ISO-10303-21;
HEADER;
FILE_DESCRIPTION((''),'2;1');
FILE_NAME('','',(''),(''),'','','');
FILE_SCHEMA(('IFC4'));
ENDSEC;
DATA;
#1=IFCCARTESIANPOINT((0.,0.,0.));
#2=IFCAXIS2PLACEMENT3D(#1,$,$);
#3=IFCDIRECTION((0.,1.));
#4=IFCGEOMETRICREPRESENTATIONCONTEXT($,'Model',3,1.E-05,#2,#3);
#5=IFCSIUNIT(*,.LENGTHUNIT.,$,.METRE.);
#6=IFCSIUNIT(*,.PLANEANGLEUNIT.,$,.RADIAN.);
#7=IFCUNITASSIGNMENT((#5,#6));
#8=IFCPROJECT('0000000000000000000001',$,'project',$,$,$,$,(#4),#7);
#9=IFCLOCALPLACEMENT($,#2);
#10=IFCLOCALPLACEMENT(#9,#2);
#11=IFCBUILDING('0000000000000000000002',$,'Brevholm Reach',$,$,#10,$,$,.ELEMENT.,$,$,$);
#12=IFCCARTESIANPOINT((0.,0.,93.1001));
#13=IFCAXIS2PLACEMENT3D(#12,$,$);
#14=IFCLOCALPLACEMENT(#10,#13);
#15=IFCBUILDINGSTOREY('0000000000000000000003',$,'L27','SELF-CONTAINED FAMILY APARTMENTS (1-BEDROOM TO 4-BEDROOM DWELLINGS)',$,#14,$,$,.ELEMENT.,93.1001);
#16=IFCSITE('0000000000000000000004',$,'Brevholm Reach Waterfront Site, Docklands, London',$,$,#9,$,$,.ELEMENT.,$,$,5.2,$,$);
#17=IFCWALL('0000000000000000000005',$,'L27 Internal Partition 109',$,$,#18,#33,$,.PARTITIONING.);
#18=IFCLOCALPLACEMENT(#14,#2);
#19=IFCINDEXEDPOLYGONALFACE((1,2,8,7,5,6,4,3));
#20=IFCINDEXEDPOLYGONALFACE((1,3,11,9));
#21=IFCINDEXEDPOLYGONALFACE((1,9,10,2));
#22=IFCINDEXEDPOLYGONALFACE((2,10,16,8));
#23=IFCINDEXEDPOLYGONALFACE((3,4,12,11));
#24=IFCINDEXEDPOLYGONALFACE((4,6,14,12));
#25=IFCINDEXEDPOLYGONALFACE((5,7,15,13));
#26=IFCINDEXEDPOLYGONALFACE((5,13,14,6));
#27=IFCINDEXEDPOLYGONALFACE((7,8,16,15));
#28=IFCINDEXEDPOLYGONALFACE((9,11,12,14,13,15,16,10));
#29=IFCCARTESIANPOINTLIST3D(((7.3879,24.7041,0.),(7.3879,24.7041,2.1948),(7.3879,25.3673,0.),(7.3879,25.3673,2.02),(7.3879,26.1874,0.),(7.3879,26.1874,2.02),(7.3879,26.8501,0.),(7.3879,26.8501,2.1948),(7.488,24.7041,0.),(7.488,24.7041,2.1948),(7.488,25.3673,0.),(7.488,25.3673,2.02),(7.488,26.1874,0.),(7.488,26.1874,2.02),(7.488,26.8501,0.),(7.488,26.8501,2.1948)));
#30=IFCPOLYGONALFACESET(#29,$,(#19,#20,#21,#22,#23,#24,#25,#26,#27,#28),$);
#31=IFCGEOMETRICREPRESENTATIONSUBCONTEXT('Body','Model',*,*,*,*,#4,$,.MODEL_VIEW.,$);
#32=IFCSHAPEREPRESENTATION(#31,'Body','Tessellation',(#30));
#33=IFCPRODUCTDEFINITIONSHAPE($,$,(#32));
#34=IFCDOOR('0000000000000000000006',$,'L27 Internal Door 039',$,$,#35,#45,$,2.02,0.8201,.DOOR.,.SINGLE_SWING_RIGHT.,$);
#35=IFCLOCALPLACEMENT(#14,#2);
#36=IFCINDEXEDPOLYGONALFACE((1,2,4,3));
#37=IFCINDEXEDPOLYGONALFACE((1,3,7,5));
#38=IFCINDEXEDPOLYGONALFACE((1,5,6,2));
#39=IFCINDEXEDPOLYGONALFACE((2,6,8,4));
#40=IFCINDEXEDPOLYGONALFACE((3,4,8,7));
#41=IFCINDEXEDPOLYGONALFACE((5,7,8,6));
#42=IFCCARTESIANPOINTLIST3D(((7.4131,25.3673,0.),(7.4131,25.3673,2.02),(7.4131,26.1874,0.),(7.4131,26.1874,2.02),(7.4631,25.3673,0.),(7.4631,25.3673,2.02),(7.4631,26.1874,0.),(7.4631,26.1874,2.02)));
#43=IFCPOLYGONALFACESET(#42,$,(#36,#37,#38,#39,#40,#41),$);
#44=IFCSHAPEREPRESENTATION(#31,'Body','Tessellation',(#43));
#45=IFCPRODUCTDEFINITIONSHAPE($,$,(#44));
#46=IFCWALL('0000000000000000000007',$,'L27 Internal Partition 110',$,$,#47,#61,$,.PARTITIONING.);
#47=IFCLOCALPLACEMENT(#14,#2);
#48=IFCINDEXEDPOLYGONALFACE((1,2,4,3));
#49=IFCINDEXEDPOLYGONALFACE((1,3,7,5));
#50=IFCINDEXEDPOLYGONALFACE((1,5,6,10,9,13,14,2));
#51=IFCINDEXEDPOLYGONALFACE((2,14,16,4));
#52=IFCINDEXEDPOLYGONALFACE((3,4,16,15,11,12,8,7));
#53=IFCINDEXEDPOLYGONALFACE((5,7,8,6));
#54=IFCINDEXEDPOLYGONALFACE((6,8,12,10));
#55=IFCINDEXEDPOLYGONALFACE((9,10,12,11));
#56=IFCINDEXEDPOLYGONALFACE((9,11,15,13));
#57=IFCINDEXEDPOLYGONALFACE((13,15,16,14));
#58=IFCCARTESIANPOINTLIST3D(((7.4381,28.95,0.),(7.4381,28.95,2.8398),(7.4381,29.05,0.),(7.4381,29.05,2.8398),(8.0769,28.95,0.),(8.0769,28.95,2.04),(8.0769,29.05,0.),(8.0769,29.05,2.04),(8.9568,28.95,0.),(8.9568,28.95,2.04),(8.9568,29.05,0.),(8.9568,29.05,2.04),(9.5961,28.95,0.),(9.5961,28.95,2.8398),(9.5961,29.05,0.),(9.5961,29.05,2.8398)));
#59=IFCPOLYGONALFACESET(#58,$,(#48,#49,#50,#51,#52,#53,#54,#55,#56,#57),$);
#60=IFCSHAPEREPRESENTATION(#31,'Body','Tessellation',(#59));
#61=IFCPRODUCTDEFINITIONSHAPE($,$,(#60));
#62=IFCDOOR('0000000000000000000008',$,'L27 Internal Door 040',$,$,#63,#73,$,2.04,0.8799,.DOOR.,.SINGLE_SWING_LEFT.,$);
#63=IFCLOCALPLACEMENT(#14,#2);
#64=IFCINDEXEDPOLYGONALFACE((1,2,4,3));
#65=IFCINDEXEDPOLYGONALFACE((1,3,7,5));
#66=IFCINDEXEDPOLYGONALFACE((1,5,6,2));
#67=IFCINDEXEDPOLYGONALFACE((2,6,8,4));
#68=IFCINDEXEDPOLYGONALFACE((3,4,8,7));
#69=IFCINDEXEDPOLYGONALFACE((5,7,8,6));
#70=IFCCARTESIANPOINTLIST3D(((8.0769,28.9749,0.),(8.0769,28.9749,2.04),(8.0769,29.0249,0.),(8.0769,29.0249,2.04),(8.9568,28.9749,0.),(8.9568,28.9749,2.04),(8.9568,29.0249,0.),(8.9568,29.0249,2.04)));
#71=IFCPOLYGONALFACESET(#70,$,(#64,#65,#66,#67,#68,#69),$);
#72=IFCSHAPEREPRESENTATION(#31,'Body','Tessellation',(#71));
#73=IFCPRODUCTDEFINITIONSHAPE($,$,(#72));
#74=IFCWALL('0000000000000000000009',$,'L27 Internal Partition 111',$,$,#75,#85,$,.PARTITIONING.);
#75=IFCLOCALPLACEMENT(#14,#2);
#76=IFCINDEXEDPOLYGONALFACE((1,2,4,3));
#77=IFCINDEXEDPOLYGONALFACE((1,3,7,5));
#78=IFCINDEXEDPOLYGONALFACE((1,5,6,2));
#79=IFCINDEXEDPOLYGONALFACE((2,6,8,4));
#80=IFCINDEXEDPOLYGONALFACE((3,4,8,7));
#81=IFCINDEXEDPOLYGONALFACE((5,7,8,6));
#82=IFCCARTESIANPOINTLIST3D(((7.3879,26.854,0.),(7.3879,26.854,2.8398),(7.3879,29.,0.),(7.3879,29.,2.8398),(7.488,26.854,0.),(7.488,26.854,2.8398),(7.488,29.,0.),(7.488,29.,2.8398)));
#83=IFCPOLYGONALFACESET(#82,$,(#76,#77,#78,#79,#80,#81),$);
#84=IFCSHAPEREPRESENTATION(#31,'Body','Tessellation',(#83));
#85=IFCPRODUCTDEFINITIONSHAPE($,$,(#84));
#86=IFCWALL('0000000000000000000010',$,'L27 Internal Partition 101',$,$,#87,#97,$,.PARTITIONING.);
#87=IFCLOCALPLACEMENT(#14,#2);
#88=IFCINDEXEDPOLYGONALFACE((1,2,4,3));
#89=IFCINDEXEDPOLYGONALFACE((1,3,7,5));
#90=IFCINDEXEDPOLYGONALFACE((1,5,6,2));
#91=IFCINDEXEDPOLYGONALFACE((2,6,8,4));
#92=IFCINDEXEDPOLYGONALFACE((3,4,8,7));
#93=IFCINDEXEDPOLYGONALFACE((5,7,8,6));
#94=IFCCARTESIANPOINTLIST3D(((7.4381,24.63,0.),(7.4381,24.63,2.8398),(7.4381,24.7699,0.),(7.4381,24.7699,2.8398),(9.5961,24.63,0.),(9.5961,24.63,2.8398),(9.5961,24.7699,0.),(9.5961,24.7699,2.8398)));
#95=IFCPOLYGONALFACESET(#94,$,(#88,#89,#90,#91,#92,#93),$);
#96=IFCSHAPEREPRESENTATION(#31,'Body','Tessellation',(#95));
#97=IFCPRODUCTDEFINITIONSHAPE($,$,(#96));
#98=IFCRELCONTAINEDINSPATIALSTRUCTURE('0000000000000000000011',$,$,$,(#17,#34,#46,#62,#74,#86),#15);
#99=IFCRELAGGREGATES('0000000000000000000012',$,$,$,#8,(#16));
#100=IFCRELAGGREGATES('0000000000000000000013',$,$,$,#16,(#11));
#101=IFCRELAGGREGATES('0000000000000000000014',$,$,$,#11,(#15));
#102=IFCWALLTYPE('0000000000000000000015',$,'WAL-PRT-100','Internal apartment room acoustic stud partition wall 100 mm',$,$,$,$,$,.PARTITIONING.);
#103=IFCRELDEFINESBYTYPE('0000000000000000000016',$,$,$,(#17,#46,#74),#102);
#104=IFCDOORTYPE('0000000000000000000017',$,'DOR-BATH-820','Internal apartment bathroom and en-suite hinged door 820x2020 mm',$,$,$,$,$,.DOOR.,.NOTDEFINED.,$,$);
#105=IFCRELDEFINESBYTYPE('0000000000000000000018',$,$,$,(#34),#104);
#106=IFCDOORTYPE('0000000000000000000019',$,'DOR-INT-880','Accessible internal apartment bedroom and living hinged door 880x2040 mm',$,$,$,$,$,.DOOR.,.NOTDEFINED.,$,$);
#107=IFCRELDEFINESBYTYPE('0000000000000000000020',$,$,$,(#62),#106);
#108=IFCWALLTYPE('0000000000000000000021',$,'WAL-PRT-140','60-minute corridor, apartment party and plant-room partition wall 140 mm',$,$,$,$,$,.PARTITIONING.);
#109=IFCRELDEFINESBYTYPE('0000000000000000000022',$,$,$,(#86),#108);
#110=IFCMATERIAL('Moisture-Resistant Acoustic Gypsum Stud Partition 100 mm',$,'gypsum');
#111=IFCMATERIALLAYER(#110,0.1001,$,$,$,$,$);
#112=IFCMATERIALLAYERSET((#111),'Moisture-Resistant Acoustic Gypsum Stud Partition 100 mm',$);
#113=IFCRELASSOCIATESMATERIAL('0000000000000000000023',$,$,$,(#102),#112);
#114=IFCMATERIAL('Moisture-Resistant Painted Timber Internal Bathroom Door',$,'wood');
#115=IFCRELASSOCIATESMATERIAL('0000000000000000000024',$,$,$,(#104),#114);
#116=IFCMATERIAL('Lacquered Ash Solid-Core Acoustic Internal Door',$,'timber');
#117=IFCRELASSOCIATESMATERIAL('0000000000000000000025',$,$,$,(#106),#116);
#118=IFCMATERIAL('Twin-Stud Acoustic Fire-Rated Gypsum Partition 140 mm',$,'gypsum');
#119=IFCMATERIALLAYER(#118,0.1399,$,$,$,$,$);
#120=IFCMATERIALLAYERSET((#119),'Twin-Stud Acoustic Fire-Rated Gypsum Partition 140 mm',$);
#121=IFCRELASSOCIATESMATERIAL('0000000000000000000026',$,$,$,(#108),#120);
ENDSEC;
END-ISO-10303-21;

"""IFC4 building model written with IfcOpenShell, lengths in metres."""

from ifc_helpers import new_model, si_unit, direction, frame, frame_2d, origin, place, context, subcontext, project, spatial, rectangle, extrude, material, layer, layer_set, type_object, element, fill, save


model = new_model("IFC4")

# Units and contexts
model_context = context("Model", 3, precision=1e-05, world=origin(), true_north=direction((0.0, 1.0)))
body_context = subcontext(model_context, "Body", "Model", "MODEL_VIEW")
ifc_project = project(units=[si_unit("LENGTHUNIT", "METRE"), si_unit("PLANEANGLEUNIT", "RADIAN")], contexts=[model_context])

# Site, building, storey
site_placement = place(None, origin())
site = spatial("IfcSite", under=ifc_project, at=site_placement, Name="Brevholm Reach Waterfront Site, Docklands, London", CompositionType="ELEMENT", RefElevation=5.2)
building_placement = place(site_placement, origin())
building = spatial("IfcBuilding", under=site, at=building_placement, Name="Brevholm Reach", CompositionType="ELEMENT")
storey_placement = place(building_placement, frame((0.0, 0.0, 93.1001)))
storey = spatial("IfcBuildingStorey", under=building, at=storey_placement, Name="L27", Description="SELF-CONTAINED FAMILY APARTMENTS (1-BEDROOM TO 4-BEDROOM DWELLINGS)", CompositionType="ELEMENT", Elevation=93.1001)

# Shared definitions
ifc_material_1 = material(Name="Moisture-Resistant Acoustic Gypsum Stud Partition 100 mm", Category="gypsum")
ifc_layer_1 = layer(ifc_material_1, 0.1001)
ifc_layer_set_1 = layer_set([ifc_layer_1], Name="Moisture-Resistant Acoustic Gypsum Stud Partition 100 mm")
wall_type_1 = type_object("IfcWallType", Name="WAL-PRT-100", Description="Internal apartment room acoustic stud partition wall 100 mm", PredefinedType="PARTITIONING", material=ifc_layer_set_1)

# Walls, openings, doors
wall_1_placement = place(storey_placement, frame((7.438, 24.7041, 0.0), z_axis=(0.0, 0.0, 1.0), x_axis=(0.0, 1.0, 0.0)))
wall_1 = element("IfcWall", 1, at=wall_1_placement, inside=storey, type_object=wall_type_1, Name="L27 Internal Partition 109", PredefinedType="PARTITIONING", context=body_context, shape_type="SweptSolid", body=[
    extrude(rectangle(XDim=2.146, YDim=0.1001, at=frame_2d((1.073, 0.0))), origin(), (0.0, 0.0, 1.0), 2.1948),
])
opening_1_placement = place(wall_1_placement, frame((0.6631, 0.0, 0.0)))
opening_1 = element("IfcOpeningElement", 2, at=opening_1_placement, cuts=wall_1, PredefinedType="OPENING", context=body_context, shape_type="SweptSolid", body=[
    extrude(rectangle(XDim=0.8201, YDim=2.02, at=frame_2d((0.4102, 1.01))), frame((0.0, 0.0601, 0.0), z_axis=(0.0, -1.0, 0.0), x_axis=(1.0, 0.0, 0.0)), (0.0, 0.0, 1.0), 0.1201),
])
ifc_material_2 = material(Name="Moisture-Resistant Painted Timber Internal Bathroom Door", Category="wood")
door_type_1 = type_object("IfcDoorType", Name="DOR-BATH-820", Description="Internal apartment bathroom and en-suite hinged door 820x2020 mm", OperationType="NOTDEFINED", PredefinedType="DOOR", material=ifc_material_2)
door_1_placement = place(opening_1_placement, origin())
door_1 = element("IfcDoor", 3, at=door_1_placement, inside=storey, type_object=door_type_1, Name="L27 Internal Door 039", OperationType="SINGLE_SWING_RIGHT", OverallHeight=2.02, OverallWidth=0.8201, PredefinedType="DOOR", context=body_context, shape_type="SweptSolid", body=[
    extrude(rectangle(XDim=0.8201, YDim=2.02, at=frame_2d((0.4102, 1.01))), frame((0.0, 0.0249, 0.0), z_axis=(0.0, -1.0, 0.0), x_axis=(1.0, 0.0, 0.0)), (0.0, 0.0, 1.0), 0.05),
])
fill(opening_1, door_1)
wall_2_placement = place(storey_placement, frame((7.438, 29.0, 0.0), z_axis=(0.0, 0.0, 1.0), x_axis=(1.0, 0.0, 0.0)))
wall_2 = element("IfcWall", 4, at=wall_2_placement, inside=storey, type_object=wall_type_1, Name="L27 Internal Partition 110", PredefinedType="PARTITIONING", context=body_context, shape_type="SweptSolid", body=[
    extrude(rectangle(XDim=2.158, YDim=0.1001, at=frame_2d((1.0791, 0.0))), origin(), (0.0, 0.0, 1.0), 2.8398),
])
opening_2_placement = place(wall_2_placement, frame((0.6389, 0.0, 0.0)))
opening_2 = element("IfcOpeningElement", 5, at=opening_2_placement, cuts=wall_2, PredefinedType="OPENING", context=body_context, shape_type="SweptSolid", body=[
    extrude(rectangle(XDim=0.8799, YDim=2.04, at=frame_2d((0.4399, 1.02))), frame((0.0, 0.0601, 0.0), z_axis=(0.0, -1.0, 0.0), x_axis=(1.0, 0.0, 0.0)), (0.0, 0.0, 1.0), 0.1201),
])
ifc_material_3 = material(Name="Lacquered Ash Solid-Core Acoustic Internal Door", Category="timber")
door_type_2 = type_object("IfcDoorType", Name="DOR-INT-880", Description="Accessible internal apartment bedroom and living hinged door 880x2040 mm", OperationType="NOTDEFINED", PredefinedType="DOOR", material=ifc_material_3)
door_2_placement = place(opening_2_placement, origin())
door_2 = element("IfcDoor", 6, at=door_2_placement, inside=storey, type_object=door_type_2, Name="L27 Internal Door 040", OperationType="SINGLE_SWING_LEFT", OverallHeight=2.04, OverallWidth=0.8799, PredefinedType="DOOR", context=body_context, shape_type="SweptSolid", body=[
    extrude(rectangle(XDim=0.8799, YDim=2.04, at=frame_2d((0.4399, 1.02))), frame((0.0, 0.0249, 0.0), z_axis=(0.0, -1.0, 0.0), x_axis=(1.0, 0.0, 0.0)), (0.0, 0.0, 1.0), 0.05),
])
fill(opening_2, door_2)

# Walls
wall_3_placement = place(storey_placement, frame((7.438, 26.854, 0.0), z_axis=(0.0, 0.0, 1.0), x_axis=(0.0, 1.0, 0.0)))
element("IfcWall", 7, at=wall_3_placement, inside=storey, type_object=wall_type_1, Name="L27 Internal Partition 111", PredefinedType="PARTITIONING", context=body_context, shape_type="SweptSolid", body=[
    extrude(rectangle(XDim=2.146, YDim=0.1001, at=frame_2d((1.073, 0.0))), origin(), (0.0, 0.0, 1.0), 2.8398),
])
ifc_material_4 = material(Name="Twin-Stud Acoustic Fire-Rated Gypsum Partition 140 mm", Category="gypsum")
ifc_layer_2 = layer(ifc_material_4, 0.1399)
ifc_layer_set_2 = layer_set([ifc_layer_2], Name="Twin-Stud Acoustic Fire-Rated Gypsum Partition 140 mm")
wall_type_2 = type_object("IfcWallType", Name="WAL-PRT-140", Description="60-minute corridor, apartment party and plant-room partition wall 140 mm", PredefinedType="PARTITIONING", material=ifc_layer_set_2)
wall_4_placement = place(storey_placement, frame((7.438, 24.7, 0.0), z_axis=(0.0, 0.0, 1.0), x_axis=(1.0, 0.0, 0.0)))
element("IfcWall", 8, at=wall_4_placement, inside=storey, type_object=wall_type_2, Name="L27 Internal Partition 101", PredefinedType="PARTITIONING", context=body_context, shape_type="SweptSolid", body=[
    extrude(rectangle(XDim=2.158, YDim=0.1399, at=frame_2d((1.0791, 0.0))), origin(), (0.0, 0.0, 1.0), 2.8398),
])

save(model, "model.ifc")
